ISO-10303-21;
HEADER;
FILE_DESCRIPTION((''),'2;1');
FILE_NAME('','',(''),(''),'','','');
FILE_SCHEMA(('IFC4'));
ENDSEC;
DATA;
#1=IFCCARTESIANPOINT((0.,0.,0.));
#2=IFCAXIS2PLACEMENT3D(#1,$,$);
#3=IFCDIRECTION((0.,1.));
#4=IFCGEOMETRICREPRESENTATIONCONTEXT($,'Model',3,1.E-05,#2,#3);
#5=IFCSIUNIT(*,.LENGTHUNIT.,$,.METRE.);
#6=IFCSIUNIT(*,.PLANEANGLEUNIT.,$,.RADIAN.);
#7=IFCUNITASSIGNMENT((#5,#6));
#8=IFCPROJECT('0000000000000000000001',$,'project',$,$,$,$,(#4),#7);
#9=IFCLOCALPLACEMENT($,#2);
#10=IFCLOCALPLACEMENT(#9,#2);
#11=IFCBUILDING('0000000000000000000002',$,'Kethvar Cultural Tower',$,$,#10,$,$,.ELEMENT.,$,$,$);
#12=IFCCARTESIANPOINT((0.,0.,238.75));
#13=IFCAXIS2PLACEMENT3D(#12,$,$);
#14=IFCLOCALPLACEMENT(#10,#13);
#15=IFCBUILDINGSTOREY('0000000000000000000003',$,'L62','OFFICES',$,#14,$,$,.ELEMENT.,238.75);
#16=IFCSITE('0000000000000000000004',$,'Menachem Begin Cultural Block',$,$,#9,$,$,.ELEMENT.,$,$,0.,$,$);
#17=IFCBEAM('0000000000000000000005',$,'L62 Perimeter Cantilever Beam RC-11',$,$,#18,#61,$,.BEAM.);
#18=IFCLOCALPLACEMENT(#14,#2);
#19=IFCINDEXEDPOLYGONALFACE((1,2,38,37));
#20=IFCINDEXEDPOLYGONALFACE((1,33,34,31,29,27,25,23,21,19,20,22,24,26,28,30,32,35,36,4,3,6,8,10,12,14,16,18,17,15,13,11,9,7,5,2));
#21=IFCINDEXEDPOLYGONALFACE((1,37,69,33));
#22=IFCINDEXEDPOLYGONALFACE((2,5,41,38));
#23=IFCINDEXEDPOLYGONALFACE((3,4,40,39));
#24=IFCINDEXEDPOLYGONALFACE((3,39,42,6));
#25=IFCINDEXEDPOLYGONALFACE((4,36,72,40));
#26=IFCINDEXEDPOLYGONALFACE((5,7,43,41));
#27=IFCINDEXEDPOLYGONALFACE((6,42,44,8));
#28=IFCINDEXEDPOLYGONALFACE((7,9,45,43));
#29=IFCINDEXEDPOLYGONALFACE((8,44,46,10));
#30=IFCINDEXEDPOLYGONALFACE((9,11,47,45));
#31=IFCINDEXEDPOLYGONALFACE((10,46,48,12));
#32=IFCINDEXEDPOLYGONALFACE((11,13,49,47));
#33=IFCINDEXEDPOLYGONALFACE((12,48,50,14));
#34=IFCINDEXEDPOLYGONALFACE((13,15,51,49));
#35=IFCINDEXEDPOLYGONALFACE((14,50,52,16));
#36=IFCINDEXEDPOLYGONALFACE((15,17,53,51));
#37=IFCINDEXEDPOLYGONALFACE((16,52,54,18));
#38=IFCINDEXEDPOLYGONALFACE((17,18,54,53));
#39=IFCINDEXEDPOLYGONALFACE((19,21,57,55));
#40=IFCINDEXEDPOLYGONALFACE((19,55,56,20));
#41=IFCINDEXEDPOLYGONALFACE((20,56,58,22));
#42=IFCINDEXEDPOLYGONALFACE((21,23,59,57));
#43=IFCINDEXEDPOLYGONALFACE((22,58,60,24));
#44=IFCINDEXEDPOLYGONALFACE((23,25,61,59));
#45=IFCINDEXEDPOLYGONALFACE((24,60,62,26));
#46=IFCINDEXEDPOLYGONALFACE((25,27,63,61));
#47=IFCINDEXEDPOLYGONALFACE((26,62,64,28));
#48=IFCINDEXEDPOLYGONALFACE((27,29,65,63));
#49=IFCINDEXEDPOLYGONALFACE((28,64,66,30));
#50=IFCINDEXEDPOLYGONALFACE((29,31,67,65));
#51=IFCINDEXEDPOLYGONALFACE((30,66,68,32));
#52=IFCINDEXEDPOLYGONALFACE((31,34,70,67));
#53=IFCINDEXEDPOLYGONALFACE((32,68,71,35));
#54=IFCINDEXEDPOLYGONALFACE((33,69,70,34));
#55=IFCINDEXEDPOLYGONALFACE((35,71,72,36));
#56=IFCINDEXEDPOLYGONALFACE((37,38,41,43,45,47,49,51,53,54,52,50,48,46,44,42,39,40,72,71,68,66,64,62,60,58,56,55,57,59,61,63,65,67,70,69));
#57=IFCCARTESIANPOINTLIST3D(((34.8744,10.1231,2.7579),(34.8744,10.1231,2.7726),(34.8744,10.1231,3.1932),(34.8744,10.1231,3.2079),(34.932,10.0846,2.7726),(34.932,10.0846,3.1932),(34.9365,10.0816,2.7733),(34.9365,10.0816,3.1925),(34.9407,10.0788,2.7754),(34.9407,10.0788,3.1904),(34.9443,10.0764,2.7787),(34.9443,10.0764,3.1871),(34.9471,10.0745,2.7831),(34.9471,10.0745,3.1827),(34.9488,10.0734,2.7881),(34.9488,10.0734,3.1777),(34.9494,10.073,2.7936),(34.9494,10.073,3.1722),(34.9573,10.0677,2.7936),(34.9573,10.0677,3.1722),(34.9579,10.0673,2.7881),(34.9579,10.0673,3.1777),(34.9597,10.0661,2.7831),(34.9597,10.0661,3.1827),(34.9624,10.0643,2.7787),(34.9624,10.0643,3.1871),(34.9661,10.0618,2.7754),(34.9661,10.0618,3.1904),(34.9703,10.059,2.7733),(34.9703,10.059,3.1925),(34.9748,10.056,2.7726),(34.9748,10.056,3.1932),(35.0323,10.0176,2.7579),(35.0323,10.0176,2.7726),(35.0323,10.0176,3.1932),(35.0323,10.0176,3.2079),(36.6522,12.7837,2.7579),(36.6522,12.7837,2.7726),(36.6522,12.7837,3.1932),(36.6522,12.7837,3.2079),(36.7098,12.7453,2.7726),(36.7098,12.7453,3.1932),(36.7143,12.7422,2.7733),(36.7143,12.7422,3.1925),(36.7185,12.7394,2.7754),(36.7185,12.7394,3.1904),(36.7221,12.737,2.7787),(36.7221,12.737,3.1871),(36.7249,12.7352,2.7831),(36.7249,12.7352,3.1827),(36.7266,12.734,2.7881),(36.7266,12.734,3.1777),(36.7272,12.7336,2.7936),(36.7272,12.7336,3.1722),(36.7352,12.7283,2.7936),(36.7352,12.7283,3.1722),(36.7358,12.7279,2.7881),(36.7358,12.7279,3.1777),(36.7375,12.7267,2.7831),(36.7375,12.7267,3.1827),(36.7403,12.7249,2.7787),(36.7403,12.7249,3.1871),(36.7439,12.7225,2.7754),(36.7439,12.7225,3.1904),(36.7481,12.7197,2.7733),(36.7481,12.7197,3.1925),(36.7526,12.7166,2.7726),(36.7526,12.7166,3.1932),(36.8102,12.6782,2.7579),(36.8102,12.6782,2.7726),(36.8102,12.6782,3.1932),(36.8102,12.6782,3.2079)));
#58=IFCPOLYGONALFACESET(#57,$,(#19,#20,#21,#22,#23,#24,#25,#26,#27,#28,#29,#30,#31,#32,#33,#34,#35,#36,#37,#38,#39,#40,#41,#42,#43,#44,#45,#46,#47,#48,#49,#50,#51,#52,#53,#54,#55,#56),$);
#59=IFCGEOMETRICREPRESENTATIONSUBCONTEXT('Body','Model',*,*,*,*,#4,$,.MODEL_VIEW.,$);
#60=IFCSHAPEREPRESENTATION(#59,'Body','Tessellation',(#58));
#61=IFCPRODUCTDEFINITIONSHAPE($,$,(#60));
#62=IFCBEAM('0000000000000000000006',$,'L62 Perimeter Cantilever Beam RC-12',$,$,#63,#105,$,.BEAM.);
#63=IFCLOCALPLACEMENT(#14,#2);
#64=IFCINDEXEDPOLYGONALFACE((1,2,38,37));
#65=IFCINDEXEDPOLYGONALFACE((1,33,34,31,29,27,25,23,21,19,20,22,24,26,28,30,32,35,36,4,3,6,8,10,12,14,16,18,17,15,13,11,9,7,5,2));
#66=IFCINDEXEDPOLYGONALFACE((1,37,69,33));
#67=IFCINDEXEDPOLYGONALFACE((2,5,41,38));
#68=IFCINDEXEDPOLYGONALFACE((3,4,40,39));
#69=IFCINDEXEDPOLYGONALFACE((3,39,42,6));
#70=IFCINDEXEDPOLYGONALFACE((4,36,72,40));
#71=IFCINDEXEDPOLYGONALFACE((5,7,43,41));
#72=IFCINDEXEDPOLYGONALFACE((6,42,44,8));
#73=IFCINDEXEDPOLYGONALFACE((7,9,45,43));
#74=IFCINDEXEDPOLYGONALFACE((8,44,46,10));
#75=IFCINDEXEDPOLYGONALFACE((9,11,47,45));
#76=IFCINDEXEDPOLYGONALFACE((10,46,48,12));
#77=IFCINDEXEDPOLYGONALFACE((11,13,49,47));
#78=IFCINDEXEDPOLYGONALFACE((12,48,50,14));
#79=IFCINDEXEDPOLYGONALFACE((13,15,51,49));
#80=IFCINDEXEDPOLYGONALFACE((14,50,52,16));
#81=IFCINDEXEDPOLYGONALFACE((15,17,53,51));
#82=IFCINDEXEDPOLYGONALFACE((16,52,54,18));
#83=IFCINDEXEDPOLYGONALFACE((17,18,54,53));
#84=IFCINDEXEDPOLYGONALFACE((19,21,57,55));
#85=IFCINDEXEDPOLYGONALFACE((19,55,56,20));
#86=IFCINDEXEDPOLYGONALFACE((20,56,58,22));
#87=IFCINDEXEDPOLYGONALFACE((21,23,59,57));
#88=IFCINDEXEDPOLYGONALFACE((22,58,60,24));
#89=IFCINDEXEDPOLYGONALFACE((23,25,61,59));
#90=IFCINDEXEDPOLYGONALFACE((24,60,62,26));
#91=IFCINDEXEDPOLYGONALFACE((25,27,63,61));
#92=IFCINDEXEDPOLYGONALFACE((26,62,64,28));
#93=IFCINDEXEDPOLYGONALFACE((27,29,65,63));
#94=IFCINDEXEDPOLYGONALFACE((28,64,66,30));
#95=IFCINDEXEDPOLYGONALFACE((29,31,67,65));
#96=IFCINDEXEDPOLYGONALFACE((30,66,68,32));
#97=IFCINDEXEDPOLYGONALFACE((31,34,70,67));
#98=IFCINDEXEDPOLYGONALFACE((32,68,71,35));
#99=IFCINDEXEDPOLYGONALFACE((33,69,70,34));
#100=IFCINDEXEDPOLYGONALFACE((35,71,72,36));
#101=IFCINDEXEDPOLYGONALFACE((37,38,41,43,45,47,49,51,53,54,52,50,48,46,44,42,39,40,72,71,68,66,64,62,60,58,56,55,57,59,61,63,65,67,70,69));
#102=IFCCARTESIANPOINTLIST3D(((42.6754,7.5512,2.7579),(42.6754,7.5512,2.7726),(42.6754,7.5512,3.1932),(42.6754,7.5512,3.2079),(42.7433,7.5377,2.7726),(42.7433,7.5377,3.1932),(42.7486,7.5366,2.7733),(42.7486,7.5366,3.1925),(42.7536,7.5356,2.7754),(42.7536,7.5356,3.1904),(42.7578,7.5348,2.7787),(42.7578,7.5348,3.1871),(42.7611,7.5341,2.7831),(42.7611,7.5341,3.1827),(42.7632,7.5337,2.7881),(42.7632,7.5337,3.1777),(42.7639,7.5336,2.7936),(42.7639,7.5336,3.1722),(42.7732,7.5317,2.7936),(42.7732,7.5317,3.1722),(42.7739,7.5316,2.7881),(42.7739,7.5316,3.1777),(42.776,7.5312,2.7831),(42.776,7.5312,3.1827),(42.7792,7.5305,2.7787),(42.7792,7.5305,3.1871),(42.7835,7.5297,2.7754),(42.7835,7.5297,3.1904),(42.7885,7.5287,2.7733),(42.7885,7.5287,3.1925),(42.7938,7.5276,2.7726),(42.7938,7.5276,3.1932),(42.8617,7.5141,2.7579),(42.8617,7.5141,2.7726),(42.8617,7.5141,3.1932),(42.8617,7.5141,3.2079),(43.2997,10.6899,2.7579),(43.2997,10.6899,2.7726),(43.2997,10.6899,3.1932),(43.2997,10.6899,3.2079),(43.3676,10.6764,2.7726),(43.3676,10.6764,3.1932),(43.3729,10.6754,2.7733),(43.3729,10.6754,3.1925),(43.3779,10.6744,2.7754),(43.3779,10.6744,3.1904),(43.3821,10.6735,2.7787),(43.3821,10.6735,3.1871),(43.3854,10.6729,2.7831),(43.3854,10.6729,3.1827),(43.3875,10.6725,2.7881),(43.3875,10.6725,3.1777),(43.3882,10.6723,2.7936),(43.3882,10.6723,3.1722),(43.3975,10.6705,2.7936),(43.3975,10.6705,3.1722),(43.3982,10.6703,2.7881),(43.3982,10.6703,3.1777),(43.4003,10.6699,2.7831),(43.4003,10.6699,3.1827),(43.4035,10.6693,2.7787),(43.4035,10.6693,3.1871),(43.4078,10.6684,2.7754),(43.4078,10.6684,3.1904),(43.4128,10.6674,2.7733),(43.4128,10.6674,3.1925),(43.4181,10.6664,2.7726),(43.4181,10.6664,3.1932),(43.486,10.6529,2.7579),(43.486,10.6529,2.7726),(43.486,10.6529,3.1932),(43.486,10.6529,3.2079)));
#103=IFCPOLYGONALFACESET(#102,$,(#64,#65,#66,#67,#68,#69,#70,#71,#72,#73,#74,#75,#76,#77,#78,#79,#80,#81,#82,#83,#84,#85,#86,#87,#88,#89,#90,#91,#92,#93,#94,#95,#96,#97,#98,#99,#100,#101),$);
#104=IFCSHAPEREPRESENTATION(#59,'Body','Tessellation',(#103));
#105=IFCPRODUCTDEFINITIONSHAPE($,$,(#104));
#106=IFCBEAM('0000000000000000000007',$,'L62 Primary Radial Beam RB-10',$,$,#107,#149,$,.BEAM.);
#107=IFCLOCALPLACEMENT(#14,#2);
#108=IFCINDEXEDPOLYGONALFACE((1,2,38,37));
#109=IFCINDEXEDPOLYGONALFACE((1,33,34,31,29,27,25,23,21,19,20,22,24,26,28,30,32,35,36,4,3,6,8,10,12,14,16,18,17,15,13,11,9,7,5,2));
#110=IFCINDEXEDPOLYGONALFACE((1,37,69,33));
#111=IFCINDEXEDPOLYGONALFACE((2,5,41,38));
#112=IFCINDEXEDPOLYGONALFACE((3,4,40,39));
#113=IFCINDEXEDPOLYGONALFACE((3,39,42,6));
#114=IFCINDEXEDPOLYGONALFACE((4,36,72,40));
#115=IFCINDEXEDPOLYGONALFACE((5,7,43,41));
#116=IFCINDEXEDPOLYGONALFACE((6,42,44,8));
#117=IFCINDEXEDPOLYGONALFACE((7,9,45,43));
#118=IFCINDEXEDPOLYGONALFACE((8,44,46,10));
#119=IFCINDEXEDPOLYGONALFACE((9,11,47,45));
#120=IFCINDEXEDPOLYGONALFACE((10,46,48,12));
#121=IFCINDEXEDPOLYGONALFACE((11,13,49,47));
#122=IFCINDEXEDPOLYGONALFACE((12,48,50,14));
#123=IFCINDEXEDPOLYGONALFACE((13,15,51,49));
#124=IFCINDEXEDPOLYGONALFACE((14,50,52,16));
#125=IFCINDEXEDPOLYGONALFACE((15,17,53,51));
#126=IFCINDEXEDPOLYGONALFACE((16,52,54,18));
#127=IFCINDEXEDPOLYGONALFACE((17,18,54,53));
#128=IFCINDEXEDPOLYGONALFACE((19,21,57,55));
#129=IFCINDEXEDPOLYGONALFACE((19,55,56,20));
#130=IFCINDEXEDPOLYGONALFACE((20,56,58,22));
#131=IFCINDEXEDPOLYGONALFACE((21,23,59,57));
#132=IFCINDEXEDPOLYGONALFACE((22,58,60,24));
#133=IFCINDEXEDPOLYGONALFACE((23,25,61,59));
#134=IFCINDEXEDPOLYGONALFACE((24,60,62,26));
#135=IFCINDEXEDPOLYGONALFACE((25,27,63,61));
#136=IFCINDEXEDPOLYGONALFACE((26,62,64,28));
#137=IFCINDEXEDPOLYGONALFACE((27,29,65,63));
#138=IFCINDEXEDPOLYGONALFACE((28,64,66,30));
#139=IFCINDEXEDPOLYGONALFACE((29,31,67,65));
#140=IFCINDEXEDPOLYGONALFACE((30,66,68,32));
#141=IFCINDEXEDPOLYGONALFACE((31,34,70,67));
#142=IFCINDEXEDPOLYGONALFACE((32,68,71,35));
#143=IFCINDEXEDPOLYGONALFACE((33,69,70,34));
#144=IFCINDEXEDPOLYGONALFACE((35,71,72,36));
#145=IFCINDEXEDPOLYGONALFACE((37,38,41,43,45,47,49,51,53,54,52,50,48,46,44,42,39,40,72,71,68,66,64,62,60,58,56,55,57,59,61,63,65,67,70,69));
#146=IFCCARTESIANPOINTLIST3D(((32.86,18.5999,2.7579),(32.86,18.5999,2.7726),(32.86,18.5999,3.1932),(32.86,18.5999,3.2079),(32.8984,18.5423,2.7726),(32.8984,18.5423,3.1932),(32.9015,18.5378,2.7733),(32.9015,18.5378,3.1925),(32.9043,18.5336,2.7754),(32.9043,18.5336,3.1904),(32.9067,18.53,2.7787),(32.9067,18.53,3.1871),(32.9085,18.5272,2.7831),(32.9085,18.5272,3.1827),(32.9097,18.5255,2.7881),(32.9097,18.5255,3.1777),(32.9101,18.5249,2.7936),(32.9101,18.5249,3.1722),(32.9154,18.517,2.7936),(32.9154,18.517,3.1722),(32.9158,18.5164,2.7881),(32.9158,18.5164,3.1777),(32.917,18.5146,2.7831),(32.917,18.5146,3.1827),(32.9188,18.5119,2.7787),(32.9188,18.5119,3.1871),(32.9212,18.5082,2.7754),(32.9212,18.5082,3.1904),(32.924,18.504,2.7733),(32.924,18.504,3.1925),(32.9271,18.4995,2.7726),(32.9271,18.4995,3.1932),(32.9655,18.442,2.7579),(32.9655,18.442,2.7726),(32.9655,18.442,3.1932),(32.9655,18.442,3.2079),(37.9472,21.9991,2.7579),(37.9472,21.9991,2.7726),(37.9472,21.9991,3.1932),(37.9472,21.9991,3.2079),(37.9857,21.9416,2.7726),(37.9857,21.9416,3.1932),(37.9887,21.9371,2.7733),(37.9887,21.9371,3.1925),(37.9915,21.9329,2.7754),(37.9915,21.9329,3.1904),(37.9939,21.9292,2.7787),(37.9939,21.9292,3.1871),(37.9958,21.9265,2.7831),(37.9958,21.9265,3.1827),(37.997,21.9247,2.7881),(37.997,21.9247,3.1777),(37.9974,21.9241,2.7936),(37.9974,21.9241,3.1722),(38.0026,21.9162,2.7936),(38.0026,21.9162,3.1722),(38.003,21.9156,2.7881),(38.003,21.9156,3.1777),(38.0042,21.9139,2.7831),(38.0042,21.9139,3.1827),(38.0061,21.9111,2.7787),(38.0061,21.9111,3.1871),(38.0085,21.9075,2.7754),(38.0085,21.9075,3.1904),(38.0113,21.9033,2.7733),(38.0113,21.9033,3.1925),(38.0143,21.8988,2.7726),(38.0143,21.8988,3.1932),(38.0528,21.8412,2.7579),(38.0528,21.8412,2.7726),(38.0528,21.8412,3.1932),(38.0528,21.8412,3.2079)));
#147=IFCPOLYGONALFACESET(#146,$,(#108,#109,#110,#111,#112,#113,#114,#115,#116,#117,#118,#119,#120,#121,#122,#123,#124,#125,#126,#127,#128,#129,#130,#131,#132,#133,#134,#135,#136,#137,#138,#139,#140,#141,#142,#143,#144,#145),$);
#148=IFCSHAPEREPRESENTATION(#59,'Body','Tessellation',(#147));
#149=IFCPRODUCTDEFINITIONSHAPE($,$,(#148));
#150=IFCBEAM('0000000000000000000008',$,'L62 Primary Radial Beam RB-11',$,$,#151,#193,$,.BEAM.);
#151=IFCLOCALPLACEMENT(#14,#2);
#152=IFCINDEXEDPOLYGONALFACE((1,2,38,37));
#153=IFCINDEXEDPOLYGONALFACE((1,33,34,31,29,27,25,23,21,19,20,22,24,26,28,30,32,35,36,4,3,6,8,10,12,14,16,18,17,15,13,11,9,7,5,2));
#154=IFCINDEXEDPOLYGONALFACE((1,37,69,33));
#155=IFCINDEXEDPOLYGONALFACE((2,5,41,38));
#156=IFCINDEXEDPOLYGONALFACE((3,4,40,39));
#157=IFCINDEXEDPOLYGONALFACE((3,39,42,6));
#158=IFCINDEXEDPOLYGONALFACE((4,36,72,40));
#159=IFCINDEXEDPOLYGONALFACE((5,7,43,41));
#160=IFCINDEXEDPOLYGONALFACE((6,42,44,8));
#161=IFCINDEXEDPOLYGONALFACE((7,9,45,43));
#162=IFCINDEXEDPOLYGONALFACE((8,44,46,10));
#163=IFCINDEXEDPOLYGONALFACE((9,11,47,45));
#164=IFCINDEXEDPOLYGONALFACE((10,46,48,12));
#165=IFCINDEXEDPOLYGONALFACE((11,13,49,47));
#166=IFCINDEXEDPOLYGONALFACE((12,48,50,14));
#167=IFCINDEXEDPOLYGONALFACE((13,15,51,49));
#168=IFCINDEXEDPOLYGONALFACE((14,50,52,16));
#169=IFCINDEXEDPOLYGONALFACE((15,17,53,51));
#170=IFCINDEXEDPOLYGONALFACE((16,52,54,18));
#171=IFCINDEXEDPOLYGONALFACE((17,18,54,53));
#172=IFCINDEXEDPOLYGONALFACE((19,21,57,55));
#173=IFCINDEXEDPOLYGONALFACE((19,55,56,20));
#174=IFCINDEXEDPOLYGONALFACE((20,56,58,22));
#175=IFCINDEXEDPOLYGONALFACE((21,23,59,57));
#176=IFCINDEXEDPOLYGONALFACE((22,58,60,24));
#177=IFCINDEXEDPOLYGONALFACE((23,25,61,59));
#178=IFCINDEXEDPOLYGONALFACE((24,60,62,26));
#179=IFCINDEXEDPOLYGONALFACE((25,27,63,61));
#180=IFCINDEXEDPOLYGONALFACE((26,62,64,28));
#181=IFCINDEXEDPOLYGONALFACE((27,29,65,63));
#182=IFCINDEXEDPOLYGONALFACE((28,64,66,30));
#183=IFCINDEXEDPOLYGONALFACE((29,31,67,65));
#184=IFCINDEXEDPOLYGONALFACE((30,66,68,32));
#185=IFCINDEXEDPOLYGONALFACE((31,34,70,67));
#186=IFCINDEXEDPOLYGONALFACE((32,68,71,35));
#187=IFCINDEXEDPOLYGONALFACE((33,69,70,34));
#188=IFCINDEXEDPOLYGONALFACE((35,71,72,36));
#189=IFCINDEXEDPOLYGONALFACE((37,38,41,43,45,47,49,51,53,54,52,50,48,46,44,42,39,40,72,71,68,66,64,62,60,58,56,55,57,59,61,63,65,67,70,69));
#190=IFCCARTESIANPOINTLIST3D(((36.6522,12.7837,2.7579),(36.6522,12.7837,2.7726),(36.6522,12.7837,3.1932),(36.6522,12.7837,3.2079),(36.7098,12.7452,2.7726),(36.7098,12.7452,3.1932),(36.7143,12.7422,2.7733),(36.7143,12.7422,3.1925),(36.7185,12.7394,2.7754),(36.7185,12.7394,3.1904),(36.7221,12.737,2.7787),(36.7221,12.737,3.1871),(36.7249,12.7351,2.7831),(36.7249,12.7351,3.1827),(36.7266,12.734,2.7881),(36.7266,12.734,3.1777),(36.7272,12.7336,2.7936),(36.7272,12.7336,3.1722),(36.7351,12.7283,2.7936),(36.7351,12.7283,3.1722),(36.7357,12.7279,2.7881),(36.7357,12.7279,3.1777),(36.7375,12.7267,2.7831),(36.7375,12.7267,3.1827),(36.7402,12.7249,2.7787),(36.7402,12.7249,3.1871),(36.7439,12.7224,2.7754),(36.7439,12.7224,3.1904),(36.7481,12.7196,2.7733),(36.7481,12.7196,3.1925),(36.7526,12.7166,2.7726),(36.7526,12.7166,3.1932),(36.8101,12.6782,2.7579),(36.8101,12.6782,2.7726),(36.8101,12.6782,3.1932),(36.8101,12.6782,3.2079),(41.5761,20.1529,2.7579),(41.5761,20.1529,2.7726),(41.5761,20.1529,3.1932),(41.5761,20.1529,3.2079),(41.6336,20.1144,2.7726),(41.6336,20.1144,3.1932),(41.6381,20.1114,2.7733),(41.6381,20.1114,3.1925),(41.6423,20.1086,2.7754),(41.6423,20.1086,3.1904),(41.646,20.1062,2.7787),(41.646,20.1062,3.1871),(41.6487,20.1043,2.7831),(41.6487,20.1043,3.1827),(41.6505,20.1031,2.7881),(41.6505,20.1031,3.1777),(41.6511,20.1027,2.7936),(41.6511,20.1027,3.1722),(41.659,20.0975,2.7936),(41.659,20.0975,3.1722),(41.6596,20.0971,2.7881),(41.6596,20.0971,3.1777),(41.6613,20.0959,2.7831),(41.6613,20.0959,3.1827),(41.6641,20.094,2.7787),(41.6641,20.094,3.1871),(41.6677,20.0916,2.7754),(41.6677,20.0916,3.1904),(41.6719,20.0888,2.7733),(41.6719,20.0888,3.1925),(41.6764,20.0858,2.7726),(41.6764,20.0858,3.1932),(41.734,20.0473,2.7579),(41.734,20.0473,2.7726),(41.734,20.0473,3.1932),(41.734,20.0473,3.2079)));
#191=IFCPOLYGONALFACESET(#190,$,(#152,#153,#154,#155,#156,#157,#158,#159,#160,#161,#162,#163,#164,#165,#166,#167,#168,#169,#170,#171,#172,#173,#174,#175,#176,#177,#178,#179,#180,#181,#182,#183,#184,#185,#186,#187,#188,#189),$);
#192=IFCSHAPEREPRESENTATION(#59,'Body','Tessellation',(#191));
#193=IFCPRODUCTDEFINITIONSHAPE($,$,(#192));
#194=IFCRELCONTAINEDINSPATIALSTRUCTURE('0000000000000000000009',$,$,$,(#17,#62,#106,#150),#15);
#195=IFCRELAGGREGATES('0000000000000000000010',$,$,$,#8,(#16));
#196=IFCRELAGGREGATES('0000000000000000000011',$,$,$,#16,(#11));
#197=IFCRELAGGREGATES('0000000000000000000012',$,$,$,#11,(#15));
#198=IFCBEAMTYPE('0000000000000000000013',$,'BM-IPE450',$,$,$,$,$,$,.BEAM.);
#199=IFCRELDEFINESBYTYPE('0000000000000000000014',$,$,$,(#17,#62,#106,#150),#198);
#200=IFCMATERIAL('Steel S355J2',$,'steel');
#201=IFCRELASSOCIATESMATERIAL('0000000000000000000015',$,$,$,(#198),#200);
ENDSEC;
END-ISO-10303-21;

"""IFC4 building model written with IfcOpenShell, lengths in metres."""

from ifc_helpers import new_model, si_unit, direction, frame, origin, origin_2d, place, context, subcontext, project, spatial, i_section, extrude, source, transform, mapped, material, material_profile, profile_set, type_object, element, save


model = new_model("IFC4")

# Units and contexts
model_context = context("Model", 3, precision=1e-05, world=origin(), true_north=direction((0.0, 1.0)))
body_context = subcontext(model_context, "Body", "Model", "MODEL_VIEW")
ifc_project = project(units=[si_unit("LENGTHUNIT", "METRE"), si_unit("PLANEANGLEUNIT", "RADIAN")], contexts=[model_context])

# Site, building, storey
site_placement = place(None, origin())
site = spatial("IfcSite", under=ifc_project, at=site_placement, Name="Menachem Begin Cultural Block", CompositionType="ELEMENT", RefElevation=0.0)
building_placement = place(site_placement, origin())
building = spatial("IfcBuilding", under=site, at=building_placement, Name="Kethvar Cultural Tower", CompositionType="ELEMENT")
storey_placement = place(building_placement, frame((0.0, 0.0, 238.75)))
storey = spatial("IfcBuildingStorey", under=building, at=storey_placement, Name="L62", Description="OFFICES", CompositionType="ELEMENT", Elevation=238.75)

# Beams
ifc_material_1 = material(Name="Steel S355J2", Category="steel")
ifc_material_profile_1 = material_profile(ifc_material_1, i_section(OverallWidth=0.1899, OverallDepth=0.45, WebThickness=0.0095, FlangeThickness=0.0146, FilletRadius=0.021, at=origin_2d()), Name="Steel S355J2 — IPE450")
ifc_profile_set_1 = profile_set([ifc_material_profile_1], Name="Steel S355J2 — IPE450")
beam_type_1 = type_object("IfcBeamType", Name="BM-IPE450", PredefinedType="BEAM", material=ifc_profile_set_1)
shared_shape_1 = source(origin(), body_context, "Body", "SweptSolid", [
    extrude(i_section(OverallWidth=0.1899, OverallDepth=0.45, WebThickness=0.0095, FlangeThickness=0.0146, FilletRadius=0.021, at=origin_2d()), origin(), (0.0, 0.0, 1.0), 3.2),
])
for number, where, z_axis, x_axis, name in (
    (1, (36.7312, 12.731, 2.9829), (-0.55558, -0.831463, 0.0), (0.831463, -0.55558, 0.0), "L62 Perimeter Cantilever Beam RC-11"),
):
    element("IfcBeam", number, at=place(storey_placement, frame(where, z_axis=z_axis, x_axis=x_axis)), inside=storey, type_object=beam_type_1, Name=name, PredefinedType="BEAM", context=body_context, shape_type="MappedRepresentation", body=[
        mapped(shared_shape_1, transform((0.0, 0.0, 0.0), scale=1.0)),
    ])
shared_shape_2 = source(origin(), body_context, "Body", "SweptSolid", [
    extrude(i_section(OverallWidth=0.1899, OverallDepth=0.45, WebThickness=0.0095, FlangeThickness=0.0146, FilletRadius=0.021, at=origin_2d()), origin(), (0.0, 0.0, 1.0), 3.2002),
])
beam_1_placement = place(storey_placement, frame((43.3928, 10.6714, 2.9829), z_axis=(-0.195074, -0.980788, 0.0), x_axis=(0.980788, -0.195074, 0.0)))
element("IfcBeam", 2, at=beam_1_placement, inside=storey, type_object=beam_type_1, Name="L62 Perimeter Cantilever Beam RC-12", PredefinedType="BEAM", context=body_context, shape_type="MappedRepresentation", body=[
    mapped(shared_shape_2, transform((0.0, 0.0, 0.0), scale=1.0)),
])
shared_shape_3 = source(origin(), body_context, "Body", "SweptSolid", [
    extrude(i_section(OverallWidth=0.1899, OverallDepth=0.45, WebThickness=0.0095, FlangeThickness=0.0146, FilletRadius=0.021, at=origin_2d()), origin(), (0.0, 0.0, 1.0), 6.1184),
])
beam_2_placement = place(storey_placement, frame((38.0, 21.9202, 2.9829), z_axis=(-0.831467, -0.555575, 0.0), x_axis=(0.555575, -0.831467, 0.0)))
element("IfcBeam", 3, at=beam_2_placement, inside=storey, type_object=beam_type_1, Name="L62 Primary Radial Beam RB-10", PredefinedType="BEAM", context=body_context, shape_type="MappedRepresentation", body=[
    mapped(shared_shape_3, transform((0.0, 0.0, 0.0), scale=1.0)),
])
shared_shape_4 = source(origin(), body_context, "Body", "SweptSolid", [
    extrude(i_section(OverallWidth=0.1899, OverallDepth=0.45, WebThickness=0.0095, FlangeThickness=0.0146, FilletRadius=0.021, at=origin_2d()), origin(), (0.0, 0.0, 1.0), 8.8628),
])
beam_3_placement = place(storey_placement, frame((41.655, 20.1001, 2.9829), z_axis=(-0.555564, -0.831473, 0.0), x_axis=(0.831473, -0.555564, 0.0)))
element("IfcBeam", 4, at=beam_3_placement, inside=storey, type_object=beam_type_1, Name="L62 Primary Radial Beam RB-11", PredefinedType="BEAM", context=body_context, shape_type="MappedRepresentation", body=[
    mapped(shared_shape_4, transform((0.0, 0.0, 0.0), scale=1.0)),
])

save(model, "model.ifc")
